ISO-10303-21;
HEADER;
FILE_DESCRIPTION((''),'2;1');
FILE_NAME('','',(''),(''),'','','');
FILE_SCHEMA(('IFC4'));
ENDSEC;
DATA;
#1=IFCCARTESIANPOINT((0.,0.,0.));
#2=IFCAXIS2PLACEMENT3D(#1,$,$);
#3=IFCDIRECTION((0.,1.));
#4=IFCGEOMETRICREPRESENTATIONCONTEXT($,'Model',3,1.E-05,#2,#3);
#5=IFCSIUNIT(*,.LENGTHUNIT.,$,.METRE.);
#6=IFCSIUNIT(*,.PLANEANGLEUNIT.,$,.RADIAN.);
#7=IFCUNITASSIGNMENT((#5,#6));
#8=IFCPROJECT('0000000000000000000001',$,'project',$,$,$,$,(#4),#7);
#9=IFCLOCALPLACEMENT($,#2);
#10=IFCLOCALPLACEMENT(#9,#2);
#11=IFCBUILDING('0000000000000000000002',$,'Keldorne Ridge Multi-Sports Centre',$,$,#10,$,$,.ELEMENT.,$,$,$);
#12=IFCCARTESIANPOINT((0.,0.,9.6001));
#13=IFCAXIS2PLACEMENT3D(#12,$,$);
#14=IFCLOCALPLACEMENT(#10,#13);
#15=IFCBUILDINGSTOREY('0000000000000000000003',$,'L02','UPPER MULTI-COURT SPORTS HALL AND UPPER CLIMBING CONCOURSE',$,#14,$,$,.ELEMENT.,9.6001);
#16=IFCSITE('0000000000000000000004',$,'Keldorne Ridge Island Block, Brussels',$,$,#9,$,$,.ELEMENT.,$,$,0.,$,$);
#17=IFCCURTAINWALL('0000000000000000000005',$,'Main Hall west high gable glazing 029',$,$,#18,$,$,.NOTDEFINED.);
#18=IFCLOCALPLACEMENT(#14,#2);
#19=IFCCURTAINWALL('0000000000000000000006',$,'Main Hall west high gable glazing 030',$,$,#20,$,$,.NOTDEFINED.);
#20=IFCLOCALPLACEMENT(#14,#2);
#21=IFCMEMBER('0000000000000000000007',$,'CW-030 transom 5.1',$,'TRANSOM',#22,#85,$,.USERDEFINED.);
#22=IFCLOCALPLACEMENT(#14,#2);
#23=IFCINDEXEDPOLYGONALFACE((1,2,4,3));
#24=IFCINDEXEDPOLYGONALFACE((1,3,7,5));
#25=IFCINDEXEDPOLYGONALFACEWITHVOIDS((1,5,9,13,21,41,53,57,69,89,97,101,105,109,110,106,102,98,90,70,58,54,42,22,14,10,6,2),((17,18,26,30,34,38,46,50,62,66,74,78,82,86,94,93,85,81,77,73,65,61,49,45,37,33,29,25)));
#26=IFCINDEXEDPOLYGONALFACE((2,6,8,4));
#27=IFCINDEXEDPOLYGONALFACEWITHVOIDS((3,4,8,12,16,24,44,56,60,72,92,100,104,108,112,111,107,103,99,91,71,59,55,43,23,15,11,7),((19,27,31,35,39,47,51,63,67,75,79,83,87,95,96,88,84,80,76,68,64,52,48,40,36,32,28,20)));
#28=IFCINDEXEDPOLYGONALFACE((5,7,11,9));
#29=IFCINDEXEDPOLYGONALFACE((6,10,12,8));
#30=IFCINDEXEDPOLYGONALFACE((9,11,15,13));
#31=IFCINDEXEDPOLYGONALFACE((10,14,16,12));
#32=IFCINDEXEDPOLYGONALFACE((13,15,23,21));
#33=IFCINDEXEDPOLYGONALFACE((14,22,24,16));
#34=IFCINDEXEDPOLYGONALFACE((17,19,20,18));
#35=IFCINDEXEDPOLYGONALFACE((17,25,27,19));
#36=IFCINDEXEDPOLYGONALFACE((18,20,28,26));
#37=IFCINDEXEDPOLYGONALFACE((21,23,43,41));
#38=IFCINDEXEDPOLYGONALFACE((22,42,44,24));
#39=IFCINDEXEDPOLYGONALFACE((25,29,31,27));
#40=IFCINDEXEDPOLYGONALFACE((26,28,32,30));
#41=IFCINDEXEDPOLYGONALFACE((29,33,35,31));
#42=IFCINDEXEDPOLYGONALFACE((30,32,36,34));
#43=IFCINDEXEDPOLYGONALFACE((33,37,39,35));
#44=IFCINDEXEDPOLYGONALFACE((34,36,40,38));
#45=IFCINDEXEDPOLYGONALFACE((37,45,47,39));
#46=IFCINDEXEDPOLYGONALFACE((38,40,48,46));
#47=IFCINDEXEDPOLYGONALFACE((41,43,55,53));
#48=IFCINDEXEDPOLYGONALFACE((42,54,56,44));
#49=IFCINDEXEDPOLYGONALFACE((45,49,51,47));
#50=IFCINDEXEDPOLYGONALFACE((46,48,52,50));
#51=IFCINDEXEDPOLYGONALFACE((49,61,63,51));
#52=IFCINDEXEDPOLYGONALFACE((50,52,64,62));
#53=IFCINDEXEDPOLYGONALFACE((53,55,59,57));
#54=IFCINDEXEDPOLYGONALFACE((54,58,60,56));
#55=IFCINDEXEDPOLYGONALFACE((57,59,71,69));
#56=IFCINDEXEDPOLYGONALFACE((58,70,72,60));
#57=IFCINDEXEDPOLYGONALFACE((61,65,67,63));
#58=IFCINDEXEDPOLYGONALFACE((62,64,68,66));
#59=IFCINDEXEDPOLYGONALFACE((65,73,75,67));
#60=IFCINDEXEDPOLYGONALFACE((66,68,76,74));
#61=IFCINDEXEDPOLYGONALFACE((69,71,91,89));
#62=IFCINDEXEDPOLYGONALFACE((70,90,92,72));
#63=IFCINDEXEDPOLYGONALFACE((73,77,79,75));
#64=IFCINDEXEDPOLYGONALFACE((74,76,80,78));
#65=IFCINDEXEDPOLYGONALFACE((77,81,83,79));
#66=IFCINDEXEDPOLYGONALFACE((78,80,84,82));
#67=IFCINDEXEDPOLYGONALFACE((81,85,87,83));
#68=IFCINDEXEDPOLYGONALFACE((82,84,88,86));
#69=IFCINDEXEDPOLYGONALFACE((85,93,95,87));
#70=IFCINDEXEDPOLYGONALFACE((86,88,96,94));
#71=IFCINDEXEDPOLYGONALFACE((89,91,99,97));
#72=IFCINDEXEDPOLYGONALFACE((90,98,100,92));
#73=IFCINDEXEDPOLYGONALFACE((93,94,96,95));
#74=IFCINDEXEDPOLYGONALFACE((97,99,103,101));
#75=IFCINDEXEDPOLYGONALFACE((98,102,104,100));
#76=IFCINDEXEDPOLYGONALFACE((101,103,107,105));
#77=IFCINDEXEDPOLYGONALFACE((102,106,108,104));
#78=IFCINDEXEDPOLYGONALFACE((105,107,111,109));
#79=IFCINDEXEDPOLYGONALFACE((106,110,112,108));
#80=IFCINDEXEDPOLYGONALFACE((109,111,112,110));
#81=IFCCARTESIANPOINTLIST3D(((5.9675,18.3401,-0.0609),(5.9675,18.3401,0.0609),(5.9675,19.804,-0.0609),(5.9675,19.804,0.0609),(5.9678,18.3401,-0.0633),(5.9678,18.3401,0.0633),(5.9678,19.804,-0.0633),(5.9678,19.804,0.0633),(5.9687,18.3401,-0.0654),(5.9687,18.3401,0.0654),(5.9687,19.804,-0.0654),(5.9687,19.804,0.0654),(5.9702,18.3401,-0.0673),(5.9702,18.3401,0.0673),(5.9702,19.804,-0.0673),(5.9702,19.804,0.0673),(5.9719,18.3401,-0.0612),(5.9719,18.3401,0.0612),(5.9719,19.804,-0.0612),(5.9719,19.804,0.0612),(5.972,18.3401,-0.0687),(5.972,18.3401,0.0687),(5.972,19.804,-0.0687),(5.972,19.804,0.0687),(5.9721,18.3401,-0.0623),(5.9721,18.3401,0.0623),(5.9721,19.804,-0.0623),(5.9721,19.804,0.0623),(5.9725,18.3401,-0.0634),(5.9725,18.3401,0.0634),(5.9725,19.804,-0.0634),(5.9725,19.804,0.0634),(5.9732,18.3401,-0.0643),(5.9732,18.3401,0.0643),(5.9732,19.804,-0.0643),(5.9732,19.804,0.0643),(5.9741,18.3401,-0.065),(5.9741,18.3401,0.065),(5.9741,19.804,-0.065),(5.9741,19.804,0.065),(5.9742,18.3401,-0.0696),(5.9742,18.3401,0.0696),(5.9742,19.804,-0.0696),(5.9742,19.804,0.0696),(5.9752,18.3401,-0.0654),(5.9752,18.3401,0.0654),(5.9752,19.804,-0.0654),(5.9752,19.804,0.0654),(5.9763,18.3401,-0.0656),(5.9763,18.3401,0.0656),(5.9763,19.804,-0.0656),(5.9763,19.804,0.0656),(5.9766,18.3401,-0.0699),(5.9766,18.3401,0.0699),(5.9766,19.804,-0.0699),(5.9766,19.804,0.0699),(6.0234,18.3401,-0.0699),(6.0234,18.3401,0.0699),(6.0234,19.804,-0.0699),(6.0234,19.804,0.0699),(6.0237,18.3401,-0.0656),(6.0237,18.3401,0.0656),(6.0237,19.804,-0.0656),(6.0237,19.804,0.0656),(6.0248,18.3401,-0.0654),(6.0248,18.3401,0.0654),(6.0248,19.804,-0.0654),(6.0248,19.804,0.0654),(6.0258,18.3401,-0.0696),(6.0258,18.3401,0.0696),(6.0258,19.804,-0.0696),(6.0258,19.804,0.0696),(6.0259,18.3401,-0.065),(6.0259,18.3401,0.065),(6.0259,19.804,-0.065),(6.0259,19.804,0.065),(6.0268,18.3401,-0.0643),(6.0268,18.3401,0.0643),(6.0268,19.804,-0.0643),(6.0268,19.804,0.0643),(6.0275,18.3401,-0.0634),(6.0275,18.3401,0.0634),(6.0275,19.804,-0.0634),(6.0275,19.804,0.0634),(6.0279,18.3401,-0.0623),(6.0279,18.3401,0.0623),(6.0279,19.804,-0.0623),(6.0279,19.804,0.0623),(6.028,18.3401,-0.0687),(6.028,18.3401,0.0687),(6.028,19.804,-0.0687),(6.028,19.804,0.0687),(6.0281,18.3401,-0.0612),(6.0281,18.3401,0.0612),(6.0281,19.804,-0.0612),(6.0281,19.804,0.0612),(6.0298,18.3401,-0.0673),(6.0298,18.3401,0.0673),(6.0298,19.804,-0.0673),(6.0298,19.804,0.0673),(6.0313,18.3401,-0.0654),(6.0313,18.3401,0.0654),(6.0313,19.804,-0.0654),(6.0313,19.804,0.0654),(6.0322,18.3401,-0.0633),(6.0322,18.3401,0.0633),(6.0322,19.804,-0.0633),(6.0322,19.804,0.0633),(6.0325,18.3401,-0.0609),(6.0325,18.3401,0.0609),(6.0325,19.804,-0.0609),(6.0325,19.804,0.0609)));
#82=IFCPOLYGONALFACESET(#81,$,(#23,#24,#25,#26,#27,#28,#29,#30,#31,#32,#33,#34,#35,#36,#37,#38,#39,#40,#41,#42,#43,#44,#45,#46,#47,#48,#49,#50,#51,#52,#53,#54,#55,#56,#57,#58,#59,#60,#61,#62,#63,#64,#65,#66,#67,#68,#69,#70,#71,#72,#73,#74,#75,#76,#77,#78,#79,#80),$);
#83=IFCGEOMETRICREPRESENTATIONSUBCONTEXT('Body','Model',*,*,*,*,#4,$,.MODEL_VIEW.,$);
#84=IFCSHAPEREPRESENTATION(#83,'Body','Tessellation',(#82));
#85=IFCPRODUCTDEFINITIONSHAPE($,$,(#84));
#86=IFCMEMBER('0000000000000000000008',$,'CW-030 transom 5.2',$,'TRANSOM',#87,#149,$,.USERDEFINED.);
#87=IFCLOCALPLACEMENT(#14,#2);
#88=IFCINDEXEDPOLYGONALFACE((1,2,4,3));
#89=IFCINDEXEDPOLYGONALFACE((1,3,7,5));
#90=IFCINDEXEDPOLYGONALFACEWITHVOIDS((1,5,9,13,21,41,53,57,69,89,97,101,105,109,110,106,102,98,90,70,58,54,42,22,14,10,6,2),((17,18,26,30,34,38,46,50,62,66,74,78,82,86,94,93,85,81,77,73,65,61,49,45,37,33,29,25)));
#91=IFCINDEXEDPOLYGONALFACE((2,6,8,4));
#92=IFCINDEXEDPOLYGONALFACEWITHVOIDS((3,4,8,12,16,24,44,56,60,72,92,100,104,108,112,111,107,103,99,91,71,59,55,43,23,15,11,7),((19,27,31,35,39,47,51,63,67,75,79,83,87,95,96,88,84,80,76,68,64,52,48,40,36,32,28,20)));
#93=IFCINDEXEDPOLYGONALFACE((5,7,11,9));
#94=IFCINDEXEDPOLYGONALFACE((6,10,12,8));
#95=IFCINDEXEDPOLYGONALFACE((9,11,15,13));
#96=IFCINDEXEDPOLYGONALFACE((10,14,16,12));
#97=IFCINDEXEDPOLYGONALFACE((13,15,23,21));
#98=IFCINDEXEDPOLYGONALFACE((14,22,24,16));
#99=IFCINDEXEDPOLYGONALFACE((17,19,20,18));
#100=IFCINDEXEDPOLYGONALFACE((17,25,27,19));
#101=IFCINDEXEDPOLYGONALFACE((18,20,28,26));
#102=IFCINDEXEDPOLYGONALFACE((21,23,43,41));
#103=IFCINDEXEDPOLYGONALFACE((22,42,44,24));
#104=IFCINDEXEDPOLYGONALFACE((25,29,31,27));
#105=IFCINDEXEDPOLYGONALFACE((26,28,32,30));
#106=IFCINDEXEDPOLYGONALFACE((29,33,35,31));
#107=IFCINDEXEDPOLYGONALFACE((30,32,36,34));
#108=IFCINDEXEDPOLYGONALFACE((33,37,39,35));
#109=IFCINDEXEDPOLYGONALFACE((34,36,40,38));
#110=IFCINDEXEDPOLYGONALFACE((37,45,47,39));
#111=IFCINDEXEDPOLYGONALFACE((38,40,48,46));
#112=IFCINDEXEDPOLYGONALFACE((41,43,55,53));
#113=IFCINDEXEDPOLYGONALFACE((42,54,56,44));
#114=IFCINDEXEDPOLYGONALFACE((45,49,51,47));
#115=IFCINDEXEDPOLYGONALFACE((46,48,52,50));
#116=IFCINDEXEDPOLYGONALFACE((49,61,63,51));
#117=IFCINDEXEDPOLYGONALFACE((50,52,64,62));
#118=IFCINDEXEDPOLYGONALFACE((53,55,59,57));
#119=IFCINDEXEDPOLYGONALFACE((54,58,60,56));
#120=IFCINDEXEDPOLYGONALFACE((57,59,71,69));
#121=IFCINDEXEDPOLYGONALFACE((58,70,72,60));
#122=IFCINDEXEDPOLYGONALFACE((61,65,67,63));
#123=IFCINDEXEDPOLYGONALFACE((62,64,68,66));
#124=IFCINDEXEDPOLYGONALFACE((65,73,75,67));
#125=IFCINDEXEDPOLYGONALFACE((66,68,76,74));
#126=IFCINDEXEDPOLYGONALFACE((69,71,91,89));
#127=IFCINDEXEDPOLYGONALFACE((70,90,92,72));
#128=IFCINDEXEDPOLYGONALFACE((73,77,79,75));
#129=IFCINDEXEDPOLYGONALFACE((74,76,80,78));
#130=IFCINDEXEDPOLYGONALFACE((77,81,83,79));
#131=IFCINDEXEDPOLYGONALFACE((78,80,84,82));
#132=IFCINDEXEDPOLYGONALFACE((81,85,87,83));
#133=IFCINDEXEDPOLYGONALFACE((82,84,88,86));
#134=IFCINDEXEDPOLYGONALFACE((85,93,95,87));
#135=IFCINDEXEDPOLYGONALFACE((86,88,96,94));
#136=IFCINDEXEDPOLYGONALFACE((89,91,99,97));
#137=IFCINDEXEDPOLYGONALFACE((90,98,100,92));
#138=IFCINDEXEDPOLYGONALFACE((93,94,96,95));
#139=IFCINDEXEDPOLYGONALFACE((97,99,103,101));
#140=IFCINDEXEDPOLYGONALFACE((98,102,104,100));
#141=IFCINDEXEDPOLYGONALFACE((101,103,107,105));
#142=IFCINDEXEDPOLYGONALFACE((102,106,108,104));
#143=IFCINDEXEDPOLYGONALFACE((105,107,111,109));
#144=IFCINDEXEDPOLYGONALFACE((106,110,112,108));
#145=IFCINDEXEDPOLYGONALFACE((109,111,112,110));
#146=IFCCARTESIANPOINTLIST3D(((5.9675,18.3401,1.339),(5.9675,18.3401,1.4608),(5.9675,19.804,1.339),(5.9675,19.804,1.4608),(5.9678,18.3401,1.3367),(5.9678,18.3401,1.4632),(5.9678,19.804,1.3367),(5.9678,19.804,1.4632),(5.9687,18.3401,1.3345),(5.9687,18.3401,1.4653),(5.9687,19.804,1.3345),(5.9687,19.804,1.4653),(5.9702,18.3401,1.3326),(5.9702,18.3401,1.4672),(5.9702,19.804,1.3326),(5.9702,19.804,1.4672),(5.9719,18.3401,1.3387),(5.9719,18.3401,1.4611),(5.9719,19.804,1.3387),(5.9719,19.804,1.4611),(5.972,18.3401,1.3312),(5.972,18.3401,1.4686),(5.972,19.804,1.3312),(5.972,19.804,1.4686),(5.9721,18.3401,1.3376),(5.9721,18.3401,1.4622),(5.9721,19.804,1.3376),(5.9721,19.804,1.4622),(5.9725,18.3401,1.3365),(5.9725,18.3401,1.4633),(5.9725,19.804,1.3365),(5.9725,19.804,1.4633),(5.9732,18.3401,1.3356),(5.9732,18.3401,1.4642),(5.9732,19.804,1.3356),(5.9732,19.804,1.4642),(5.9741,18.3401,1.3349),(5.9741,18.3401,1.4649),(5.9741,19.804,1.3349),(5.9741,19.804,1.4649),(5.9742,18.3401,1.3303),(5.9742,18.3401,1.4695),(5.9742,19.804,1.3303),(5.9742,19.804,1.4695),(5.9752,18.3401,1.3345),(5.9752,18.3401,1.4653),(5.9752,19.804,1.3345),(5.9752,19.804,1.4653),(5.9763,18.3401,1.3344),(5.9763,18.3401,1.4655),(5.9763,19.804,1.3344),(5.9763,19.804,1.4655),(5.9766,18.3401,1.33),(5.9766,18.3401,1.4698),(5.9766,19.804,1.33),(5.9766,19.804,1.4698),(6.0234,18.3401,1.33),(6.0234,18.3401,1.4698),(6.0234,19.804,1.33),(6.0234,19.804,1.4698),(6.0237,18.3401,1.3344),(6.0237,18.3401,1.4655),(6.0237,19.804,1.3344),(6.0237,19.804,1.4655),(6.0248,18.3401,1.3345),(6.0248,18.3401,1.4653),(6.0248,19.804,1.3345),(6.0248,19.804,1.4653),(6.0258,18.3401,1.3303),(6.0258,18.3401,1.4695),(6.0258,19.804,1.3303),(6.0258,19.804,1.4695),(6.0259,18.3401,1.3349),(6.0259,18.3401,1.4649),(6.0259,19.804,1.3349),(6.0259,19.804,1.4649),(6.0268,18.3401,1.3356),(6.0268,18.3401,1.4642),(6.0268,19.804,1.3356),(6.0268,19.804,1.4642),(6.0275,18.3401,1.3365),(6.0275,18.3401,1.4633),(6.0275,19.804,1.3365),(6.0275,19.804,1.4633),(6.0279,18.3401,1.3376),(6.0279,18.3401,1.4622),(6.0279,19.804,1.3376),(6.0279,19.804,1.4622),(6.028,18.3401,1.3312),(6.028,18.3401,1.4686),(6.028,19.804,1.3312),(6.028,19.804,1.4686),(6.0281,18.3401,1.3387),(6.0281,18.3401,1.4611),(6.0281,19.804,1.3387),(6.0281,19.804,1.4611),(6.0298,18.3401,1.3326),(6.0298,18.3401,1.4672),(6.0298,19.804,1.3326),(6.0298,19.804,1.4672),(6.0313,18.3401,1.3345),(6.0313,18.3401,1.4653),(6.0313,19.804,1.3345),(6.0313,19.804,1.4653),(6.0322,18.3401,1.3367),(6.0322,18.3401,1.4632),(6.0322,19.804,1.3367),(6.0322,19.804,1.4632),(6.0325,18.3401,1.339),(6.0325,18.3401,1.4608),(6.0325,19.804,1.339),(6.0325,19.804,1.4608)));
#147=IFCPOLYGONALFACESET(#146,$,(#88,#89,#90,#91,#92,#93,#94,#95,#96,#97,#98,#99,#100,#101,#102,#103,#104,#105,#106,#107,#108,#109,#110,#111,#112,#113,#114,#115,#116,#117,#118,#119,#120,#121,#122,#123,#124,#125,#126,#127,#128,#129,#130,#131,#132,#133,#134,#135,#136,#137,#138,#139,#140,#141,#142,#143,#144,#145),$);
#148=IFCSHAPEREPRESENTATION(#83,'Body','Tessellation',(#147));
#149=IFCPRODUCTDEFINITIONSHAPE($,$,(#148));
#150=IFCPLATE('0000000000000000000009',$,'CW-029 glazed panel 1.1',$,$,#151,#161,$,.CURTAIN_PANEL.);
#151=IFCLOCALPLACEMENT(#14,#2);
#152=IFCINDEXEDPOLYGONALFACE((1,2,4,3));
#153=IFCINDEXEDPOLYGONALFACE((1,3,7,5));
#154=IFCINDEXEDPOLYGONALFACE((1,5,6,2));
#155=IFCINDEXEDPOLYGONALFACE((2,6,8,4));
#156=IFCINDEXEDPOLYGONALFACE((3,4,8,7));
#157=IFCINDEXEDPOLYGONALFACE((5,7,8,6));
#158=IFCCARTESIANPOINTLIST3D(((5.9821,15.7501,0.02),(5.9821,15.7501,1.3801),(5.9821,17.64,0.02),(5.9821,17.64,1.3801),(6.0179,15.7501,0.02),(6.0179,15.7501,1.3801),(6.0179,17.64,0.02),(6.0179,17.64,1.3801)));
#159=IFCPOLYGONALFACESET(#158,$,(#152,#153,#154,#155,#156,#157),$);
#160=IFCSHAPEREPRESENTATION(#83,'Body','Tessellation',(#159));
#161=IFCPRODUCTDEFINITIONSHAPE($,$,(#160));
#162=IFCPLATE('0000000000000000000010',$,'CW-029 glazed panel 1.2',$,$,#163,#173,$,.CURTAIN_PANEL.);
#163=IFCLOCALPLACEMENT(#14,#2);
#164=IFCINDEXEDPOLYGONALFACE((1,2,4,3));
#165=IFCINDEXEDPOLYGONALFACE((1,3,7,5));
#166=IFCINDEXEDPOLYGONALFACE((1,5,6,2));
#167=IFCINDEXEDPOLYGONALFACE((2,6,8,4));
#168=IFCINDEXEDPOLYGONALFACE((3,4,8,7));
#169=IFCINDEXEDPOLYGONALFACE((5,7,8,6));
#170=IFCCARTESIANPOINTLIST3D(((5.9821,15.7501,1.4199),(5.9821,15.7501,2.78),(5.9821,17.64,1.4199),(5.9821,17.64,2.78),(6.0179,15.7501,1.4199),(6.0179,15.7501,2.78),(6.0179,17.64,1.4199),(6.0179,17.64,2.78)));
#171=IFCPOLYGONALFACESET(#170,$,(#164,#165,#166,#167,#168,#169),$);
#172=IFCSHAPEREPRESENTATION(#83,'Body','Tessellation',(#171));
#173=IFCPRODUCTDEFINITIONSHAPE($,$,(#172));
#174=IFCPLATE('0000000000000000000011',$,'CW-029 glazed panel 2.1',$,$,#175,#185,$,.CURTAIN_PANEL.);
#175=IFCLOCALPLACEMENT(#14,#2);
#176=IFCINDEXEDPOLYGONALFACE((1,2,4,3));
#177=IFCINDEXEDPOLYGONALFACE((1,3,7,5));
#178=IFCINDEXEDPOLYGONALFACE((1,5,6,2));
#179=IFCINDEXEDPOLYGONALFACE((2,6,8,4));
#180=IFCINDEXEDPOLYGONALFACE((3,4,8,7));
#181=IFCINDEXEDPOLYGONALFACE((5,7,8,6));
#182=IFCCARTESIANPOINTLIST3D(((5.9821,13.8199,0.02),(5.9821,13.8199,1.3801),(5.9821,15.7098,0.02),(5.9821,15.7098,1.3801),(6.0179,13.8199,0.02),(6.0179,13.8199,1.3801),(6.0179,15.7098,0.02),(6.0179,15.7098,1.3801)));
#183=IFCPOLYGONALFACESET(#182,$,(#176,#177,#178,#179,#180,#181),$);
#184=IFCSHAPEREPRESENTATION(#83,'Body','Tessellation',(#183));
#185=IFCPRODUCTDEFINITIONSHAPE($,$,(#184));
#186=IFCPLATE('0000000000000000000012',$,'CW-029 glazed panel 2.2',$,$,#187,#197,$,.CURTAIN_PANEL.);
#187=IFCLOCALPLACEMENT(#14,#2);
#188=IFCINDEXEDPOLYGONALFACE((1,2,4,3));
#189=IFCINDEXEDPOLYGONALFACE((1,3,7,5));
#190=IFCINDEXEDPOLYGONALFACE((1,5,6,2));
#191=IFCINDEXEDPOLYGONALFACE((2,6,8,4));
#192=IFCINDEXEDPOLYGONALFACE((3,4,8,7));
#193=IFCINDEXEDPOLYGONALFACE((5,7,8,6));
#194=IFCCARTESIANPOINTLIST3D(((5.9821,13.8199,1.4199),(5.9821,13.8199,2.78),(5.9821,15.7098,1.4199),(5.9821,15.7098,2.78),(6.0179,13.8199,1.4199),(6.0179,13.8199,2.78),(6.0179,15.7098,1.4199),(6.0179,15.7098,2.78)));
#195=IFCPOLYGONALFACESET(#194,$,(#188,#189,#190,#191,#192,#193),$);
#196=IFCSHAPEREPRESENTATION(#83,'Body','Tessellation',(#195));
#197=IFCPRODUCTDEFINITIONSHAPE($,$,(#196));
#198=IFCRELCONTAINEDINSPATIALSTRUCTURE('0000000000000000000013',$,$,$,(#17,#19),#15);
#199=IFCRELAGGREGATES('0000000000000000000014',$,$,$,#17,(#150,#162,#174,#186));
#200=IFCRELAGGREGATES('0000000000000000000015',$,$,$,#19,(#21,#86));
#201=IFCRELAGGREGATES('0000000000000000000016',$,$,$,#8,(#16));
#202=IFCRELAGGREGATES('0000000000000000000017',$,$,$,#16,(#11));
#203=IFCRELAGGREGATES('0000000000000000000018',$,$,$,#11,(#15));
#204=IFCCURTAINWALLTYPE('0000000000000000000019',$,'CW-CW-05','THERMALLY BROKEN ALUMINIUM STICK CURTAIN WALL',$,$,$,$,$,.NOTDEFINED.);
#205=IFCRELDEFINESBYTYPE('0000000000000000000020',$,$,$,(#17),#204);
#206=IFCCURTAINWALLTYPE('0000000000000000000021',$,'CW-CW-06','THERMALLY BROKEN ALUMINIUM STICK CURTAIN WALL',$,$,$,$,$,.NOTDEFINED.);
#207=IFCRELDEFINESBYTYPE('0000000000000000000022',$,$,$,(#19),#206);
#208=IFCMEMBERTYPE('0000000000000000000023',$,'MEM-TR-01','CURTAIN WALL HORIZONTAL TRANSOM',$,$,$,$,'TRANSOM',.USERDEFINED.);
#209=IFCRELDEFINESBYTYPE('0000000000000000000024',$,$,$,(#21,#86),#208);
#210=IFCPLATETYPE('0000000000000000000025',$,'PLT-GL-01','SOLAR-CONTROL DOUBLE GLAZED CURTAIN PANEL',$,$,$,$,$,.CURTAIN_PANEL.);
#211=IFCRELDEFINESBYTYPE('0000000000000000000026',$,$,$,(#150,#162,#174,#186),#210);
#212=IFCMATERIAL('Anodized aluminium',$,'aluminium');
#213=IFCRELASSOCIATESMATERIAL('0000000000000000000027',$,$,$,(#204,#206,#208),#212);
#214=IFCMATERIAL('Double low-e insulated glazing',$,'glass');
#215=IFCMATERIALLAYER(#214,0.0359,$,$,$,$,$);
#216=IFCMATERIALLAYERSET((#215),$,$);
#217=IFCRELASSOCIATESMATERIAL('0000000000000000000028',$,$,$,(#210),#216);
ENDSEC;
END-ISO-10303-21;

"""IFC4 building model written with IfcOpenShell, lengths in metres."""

from ifc_helpers import new_model, si_unit, direction, frame, origin, origin_2d, place, context, subcontext, project, spatial, rectangle, hollow_rectangle, extrude, material, layer, layer_set, material_profile, profile_set, type_object, element, aggregate, save


model = new_model("IFC4")

# Units and contexts
model_context = context("Model", 3, precision=1e-05, world=origin(), true_north=direction((0.0, 1.0)))
body_context = subcontext(model_context, "Body", "Model", "MODEL_VIEW")
ifc_project = project(units=[si_unit("LENGTHUNIT", "METRE"), si_unit("PLANEANGLEUNIT", "RADIAN")], contexts=[model_context])

# Site, building, storey
site_placement = place(None, origin())
site = spatial("IfcSite", under=ifc_project, at=site_placement, Name="Keldorne Ridge Island Block, Brussels", CompositionType="ELEMENT", RefElevation=0.0)
building_placement = place(site_placement, origin())
building = spatial("IfcBuilding", under=site, at=building_placement, Name="Keldorne Ridge Multi-Sports Centre", CompositionType="ELEMENT")
storey_placement = place(building_placement, frame((0.0, 0.0, 9.6001)))
storey = spatial("IfcBuildingStorey", under=building, at=storey_placement, Name="L02", Description="UPPER MULTI-COURT SPORTS HALL AND UPPER CLIMBING CONCOURSE", CompositionType="ELEMENT", Elevation=9.6001)

# Curtain walls
ifc_material_1 = material(Name="Anodized aluminium", Category="aluminium")
curtain_wall_type_1 = type_object("IfcCurtainWallType", Name="CW-CW-05", Description="THERMALLY BROKEN ALUMINIUM STICK CURTAIN WALL", PredefinedType="NOTDEFINED", material=ifc_material_1)
curtain_wall_1_placement = place(storey_placement, origin())
curtain_wall_1 = element("IfcCurtainWall", 1, at=curtain_wall_1_placement, inside=storey, type_object=curtain_wall_type_1, Name="Main Hall west high gable glazing 029", PredefinedType="NOTDEFINED")
curtain_wall_type_2 = type_object("IfcCurtainWallType", Name="CW-CW-06", Description="THERMALLY BROKEN ALUMINIUM STICK CURTAIN WALL", PredefinedType="NOTDEFINED", material=ifc_material_1)
curtain_wall_2_placement = place(storey_placement, origin())
curtain_wall_2 = element("IfcCurtainWall", 2, at=curtain_wall_2_placement, inside=storey, type_object=curtain_wall_type_2, Name="Main Hall west high gable glazing 030", PredefinedType="NOTDEFINED")

# Members
ifc_material_profile_1 = material_profile(ifc_material_1, hollow_rectangle(XDim=0.0649, YDim=0.1399, WallThickness=0.0044, InnerFilletRadius=0.0044, OuterFilletRadius=0.009, at=origin_2d()), Name="ALU TRANSOM 140x65x4.5")
ifc_profile_set_1 = profile_set([ifc_material_profile_1], Name="Anodized aluminium")
member_type_1 = type_object("IfcMemberType", Name="MEM-TR-01", Description="CURTAIN WALL HORIZONTAL TRANSOM", ElementType="TRANSOM", PredefinedType="USERDEFINED", material=ifc_profile_set_1)
member_1_placement = place(storey_placement, frame((6.0, 19.804, 0.0), z_axis=(0.0, -1.0, 0.0), x_axis=(1.0, 0.0, 0.0)))
member_1 = element("IfcMember", 3, at=member_1_placement, type_object=member_type_1, Name="CW-030 transom 5.1", ObjectType="TRANSOM", PredefinedType="USERDEFINED", context=body_context, shape_type="SweptSolid", body=[
    extrude(hollow_rectangle(XDim=0.0649, YDim=0.1399, WallThickness=0.0044, InnerFilletRadius=0.0044, OuterFilletRadius=0.009, at=origin_2d()), origin(), (0.0, 0.0, 1.0), 1.4639),
])
member_2_placement = place(storey_placement, frame((6.0, 19.804, 1.3999), z_axis=(0.0, -1.0, 0.0), x_axis=(1.0, 0.0, 0.0)))
member_2 = element("IfcMember", 4, at=member_2_placement, type_object=member_type_1, Name="CW-030 transom 5.2", ObjectType="TRANSOM", PredefinedType="USERDEFINED", context=body_context, shape_type="SweptSolid", body=[
    extrude(hollow_rectangle(XDim=0.0649, YDim=0.1399, WallThickness=0.0044, InnerFilletRadius=0.0044, OuterFilletRadius=0.009, at=origin_2d()), origin(), (0.0, 0.0, 1.0), 1.4639),
])

# Plates
ifc_material_2 = material(Name="Double low-e insulated glazing", Category="glass")
ifc_layer = layer(ifc_material_2, 0.0359)
ifc_layer_set = layer_set([ifc_layer])
plate_type = type_object("IfcPlateType", Name="PLT-GL-01", Description="SOLAR-CONTROL DOUBLE GLAZED CURTAIN PANEL", PredefinedType="CURTAIN_PANEL", material=ifc_layer_set)
plate_1_placement = place(storey_placement, frame((6.0, 16.6951, 0.02), z_axis=(0.0, 0.0, 1.0), x_axis=(0.0, -1.0, 0.0)))
plate_1 = element("IfcPlate", 5, at=plate_1_placement, type_object=plate_type, Name="CW-029 glazed panel 1.1", PredefinedType="CURTAIN_PANEL", context=body_context, shape_type="SweptSolid", body=[
    extrude(rectangle(XDim=1.8899, YDim=0.0359, at=origin_2d()), origin(), (0.0, 0.0, 1.0), 1.3601),
])
plate_2_placement = place(storey_placement, frame((6.0, 16.6951, 1.4199), z_axis=(0.0, 0.0, 1.0), x_axis=(0.0, -1.0, 0.0)))
plate_2 = element("IfcPlate", 6, at=plate_2_placement, type_object=plate_type, Name="CW-029 glazed panel 1.2", PredefinedType="CURTAIN_PANEL", context=body_context, shape_type="SweptSolid", body=[
    extrude(rectangle(XDim=1.8899, YDim=0.0359, at=origin_2d()), origin(), (0.0, 0.0, 1.0), 1.3601),
])
plate_3_placement = place(storey_placement, frame((6.0, 14.7649, 0.02), z_axis=(0.0, 0.0, 1.0), x_axis=(0.0, -1.0, 0.0)))
plate_3 = element("IfcPlate", 7, at=plate_3_placement, type_object=plate_type, Name="CW-029 glazed panel 2.1", PredefinedType="CURTAIN_PANEL", context=body_context, shape_type="SweptSolid", body=[
    extrude(rectangle(XDim=1.8899, YDim=0.0359, at=origin_2d()), origin(), (0.0, 0.0, 1.0), 1.3601),
])
plate_4_placement = place(storey_placement, frame((6.0, 14.7649, 1.4199), z_axis=(0.0, 0.0, 1.0), x_axis=(0.0, -1.0, 0.0)))
plate_4 = element("IfcPlate", 8, at=plate_4_placement, type_object=plate_type, Name="CW-029 glazed panel 2.2", PredefinedType="CURTAIN_PANEL", context=body_context, shape_type="SweptSolid", body=[
    extrude(rectangle(XDim=1.8899, YDim=0.0359, at=origin_2d()), origin(), (0.0, 0.0, 1.0), 1.3601),
])
aggregate(curtain_wall_1, [plate_1, plate_2, plate_3, plate_4])
aggregate(curtain_wall_2, [member_1, member_2])

save(model, "model.ifc")
